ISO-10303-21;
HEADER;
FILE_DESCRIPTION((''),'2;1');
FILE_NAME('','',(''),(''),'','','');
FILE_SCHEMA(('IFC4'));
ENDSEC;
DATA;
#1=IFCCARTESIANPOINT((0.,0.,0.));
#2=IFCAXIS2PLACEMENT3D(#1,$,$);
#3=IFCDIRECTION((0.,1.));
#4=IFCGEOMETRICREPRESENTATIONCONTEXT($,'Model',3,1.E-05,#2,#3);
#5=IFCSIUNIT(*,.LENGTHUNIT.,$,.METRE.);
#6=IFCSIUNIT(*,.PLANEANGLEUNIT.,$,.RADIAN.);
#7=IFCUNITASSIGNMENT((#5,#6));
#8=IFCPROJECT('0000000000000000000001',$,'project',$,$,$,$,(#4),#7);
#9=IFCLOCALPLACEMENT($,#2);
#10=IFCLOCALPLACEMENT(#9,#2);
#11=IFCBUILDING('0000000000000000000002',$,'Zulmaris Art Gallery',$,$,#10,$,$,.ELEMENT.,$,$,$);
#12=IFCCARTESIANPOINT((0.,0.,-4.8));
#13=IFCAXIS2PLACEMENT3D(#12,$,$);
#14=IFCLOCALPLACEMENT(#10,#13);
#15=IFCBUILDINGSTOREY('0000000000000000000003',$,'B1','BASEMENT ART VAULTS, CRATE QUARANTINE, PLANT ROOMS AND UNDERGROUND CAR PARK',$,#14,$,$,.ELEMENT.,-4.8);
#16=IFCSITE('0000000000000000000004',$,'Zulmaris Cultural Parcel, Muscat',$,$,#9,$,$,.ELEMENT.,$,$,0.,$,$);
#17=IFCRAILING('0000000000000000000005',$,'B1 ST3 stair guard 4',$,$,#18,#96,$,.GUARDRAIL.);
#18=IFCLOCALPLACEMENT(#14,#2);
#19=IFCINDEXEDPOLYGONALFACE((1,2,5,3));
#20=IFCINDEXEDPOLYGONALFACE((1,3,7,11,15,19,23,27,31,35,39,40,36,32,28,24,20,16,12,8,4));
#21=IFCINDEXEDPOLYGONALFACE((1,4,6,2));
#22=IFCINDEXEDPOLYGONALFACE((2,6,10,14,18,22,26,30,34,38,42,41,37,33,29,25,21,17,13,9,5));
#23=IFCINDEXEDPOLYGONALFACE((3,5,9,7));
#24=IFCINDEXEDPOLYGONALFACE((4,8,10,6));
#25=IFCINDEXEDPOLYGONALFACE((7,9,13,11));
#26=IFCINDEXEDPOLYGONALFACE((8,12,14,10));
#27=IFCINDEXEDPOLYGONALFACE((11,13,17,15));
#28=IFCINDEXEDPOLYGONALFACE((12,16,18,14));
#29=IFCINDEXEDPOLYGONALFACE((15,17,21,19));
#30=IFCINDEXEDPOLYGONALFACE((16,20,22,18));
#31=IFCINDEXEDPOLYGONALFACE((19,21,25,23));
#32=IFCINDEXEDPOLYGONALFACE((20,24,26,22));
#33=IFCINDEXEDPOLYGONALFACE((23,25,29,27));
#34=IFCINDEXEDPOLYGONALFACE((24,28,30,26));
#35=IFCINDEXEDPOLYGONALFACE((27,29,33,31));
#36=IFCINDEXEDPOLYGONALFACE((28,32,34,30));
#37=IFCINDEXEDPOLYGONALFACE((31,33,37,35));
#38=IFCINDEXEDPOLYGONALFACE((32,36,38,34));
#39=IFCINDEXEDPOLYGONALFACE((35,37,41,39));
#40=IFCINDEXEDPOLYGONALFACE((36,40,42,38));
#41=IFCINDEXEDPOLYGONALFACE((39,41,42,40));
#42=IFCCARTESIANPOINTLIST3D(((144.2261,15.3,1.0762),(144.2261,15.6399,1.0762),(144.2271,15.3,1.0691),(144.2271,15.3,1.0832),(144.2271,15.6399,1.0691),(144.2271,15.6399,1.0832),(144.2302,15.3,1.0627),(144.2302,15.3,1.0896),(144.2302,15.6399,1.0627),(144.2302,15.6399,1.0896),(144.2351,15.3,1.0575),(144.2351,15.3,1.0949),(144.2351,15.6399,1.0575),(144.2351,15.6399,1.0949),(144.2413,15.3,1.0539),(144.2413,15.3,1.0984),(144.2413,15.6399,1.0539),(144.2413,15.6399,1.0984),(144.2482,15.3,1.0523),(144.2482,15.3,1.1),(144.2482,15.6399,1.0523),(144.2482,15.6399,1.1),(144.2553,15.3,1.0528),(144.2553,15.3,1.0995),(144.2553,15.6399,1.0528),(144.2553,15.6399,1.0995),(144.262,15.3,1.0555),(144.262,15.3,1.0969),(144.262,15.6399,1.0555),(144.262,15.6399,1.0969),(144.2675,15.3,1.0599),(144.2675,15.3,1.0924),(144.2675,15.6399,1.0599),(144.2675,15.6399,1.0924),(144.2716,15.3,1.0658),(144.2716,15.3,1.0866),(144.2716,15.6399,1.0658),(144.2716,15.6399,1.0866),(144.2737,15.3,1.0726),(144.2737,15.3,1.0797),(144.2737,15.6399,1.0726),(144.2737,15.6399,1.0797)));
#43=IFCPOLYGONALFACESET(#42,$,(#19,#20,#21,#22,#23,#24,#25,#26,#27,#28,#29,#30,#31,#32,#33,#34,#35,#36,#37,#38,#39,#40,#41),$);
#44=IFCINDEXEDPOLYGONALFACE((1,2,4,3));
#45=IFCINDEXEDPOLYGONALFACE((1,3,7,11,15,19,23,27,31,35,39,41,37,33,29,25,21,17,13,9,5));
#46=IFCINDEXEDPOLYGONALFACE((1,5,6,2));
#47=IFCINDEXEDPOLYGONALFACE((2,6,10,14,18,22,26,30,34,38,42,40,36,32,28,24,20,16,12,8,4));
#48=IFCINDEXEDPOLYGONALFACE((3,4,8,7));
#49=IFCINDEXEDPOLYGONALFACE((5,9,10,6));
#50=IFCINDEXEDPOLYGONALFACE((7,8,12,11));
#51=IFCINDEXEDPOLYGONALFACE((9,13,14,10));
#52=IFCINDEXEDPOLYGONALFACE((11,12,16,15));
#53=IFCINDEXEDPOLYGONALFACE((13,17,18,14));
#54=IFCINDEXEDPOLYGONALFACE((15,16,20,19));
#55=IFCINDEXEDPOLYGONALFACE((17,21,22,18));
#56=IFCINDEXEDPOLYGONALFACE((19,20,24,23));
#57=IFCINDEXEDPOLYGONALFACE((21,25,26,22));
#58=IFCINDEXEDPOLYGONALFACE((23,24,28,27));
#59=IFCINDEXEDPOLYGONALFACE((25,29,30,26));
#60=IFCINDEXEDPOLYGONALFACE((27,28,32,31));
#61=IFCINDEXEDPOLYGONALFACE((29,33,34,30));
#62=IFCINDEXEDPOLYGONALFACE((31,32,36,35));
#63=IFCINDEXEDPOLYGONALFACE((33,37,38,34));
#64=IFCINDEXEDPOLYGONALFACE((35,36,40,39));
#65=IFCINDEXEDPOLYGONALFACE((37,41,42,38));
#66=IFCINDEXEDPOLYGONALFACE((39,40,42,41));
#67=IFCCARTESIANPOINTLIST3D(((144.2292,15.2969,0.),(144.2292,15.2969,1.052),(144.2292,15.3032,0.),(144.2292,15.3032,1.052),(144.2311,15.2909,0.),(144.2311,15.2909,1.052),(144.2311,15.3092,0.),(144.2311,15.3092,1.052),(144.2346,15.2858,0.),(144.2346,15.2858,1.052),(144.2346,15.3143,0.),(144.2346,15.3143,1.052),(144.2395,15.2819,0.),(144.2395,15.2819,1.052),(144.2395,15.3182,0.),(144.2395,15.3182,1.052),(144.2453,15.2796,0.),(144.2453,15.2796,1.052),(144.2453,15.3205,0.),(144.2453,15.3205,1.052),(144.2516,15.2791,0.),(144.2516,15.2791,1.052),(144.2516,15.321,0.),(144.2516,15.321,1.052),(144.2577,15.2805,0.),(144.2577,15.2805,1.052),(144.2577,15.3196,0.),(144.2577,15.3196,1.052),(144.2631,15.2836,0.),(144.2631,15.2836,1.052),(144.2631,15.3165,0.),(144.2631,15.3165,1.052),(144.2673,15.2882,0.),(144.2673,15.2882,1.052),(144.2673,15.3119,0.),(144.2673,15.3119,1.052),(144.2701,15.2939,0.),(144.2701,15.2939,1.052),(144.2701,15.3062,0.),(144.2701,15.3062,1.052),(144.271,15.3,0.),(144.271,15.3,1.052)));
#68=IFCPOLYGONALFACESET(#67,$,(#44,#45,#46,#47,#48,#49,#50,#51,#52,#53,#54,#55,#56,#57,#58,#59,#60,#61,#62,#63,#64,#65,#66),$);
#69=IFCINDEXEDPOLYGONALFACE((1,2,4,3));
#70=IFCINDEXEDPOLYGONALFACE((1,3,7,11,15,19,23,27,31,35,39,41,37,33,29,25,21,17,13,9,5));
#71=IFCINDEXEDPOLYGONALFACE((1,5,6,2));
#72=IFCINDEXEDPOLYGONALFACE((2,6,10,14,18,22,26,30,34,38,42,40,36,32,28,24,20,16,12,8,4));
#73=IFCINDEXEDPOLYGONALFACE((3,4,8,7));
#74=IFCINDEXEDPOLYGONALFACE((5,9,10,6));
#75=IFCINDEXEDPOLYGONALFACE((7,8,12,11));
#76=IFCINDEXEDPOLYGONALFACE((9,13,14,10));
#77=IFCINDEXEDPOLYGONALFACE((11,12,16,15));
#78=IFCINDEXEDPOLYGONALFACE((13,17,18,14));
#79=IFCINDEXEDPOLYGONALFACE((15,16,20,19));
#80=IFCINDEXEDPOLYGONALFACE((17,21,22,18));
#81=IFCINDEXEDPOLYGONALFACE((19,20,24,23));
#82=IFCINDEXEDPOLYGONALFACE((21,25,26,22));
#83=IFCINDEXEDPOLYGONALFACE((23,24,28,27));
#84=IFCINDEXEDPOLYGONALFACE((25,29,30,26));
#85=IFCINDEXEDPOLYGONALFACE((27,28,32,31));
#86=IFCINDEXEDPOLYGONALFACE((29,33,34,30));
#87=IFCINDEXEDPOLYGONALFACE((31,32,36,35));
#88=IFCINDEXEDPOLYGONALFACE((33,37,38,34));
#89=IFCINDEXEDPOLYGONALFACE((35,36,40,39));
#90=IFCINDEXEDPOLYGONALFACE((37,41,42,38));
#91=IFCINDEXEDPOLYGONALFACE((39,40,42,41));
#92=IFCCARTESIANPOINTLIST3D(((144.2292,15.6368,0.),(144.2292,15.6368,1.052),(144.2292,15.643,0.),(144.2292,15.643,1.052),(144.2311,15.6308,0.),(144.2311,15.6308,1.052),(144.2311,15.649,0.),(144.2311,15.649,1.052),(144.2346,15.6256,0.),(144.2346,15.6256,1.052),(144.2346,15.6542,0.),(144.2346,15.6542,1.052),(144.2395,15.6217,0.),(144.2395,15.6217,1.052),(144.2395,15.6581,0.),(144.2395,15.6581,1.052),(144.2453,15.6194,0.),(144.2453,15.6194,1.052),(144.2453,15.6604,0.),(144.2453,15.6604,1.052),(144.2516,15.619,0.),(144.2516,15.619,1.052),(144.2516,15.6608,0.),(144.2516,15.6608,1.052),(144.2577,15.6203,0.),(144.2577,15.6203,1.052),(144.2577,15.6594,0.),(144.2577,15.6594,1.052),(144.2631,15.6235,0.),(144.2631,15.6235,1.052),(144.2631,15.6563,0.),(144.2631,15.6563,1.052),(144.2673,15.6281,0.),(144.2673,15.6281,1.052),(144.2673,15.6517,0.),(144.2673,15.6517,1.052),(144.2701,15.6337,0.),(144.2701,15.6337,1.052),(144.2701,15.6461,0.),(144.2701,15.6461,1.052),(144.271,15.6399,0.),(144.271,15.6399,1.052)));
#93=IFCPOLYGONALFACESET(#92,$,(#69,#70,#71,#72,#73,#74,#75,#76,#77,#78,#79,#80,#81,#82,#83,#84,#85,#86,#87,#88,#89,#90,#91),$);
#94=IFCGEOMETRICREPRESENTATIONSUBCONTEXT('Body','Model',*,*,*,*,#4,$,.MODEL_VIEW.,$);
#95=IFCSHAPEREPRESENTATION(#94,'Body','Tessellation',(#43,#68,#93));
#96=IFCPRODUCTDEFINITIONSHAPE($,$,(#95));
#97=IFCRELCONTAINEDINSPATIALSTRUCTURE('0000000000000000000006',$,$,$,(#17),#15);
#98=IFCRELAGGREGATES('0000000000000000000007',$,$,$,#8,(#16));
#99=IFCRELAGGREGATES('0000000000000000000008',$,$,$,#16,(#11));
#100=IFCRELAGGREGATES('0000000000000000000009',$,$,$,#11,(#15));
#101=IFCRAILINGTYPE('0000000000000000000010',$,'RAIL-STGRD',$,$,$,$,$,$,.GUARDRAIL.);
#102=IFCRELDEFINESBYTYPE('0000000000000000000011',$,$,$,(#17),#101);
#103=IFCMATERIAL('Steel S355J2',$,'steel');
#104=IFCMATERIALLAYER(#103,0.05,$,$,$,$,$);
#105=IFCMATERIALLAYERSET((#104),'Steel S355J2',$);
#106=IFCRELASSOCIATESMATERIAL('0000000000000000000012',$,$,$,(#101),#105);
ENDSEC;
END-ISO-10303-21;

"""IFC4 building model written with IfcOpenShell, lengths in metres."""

from ifc_helpers import new_model, si_unit, direction, frame, origin, origin_2d, place, context, subcontext, project, spatial, circle, extrude, material, layer, layer_set, type_object, element, save


model = new_model("IFC4")

# Units and contexts
model_context = context("Model", 3, precision=1e-05, world=origin(), true_north=direction((0.0, 1.0)))
body_context = subcontext(model_context, "Body", "Model", "MODEL_VIEW")
ifc_project = project(units=[si_unit("LENGTHUNIT", "METRE"), si_unit("PLANEANGLEUNIT", "RADIAN")], contexts=[model_context])

# Site, building, storey
site_placement = place(None, origin())
site = spatial("IfcSite", under=ifc_project, at=site_placement, Name="Zulmaris Cultural Parcel, Muscat", CompositionType="ELEMENT", RefElevation=0.0)
building_placement = place(site_placement, origin())
building = spatial("IfcBuilding", under=site, at=building_placement, Name="Zulmaris Art Gallery", CompositionType="ELEMENT")
storey_placement = place(building_placement, frame((0.0, 0.0, -4.8)))
storey = spatial("IfcBuildingStorey", under=building, at=storey_placement, Name="B1", Description="BASEMENT ART VAULTS, CRATE QUARANTINE, PLANT ROOMS AND UNDERGROUND CAR PARK", CompositionType="ELEMENT", Elevation=-4.8)

# Railing
ifc_material_1 = material(Name="Steel S355J2", Category="steel")
ifc_layer_1 = layer(ifc_material_1, 0.05)
ifc_layer_set_1 = layer_set([ifc_layer_1], Name="Steel S355J2")
railing_type_1 = type_object("IfcRailingType", Name="RAIL-STGRD", PredefinedType="GUARDRAIL", material=ifc_layer_set_1)
railing_1_placement = place(storey_placement, frame((144.25, 15.3, 0.0)))
element("IfcRailing", 1, at=railing_1_placement, inside=storey, type_object=railing_type_1, Name="B1 ST3 stair guard 4", PredefinedType="GUARDRAIL", context=body_context, shape_type="SweptSolid", body=[
    extrude(circle(Radius=0.0239, at=origin_2d()), frame((0.0, 0.0, 1.0762), z_axis=(0.0, 1.0, 0.0), x_axis=(-1.0, 0.0, 0.0)), (0.0, 0.0, 1.0), 0.3398),
    extrude(circle(Radius=0.021, at=origin_2d()), origin(), (0.0, 0.0, 1.0), 1.052),
    extrude(circle(Radius=0.021, at=origin_2d()), frame((0.0, 0.3398, 0.0)), (0.0, 0.0, 1.0), 1.052),
])

save(model, "model.ifc")
